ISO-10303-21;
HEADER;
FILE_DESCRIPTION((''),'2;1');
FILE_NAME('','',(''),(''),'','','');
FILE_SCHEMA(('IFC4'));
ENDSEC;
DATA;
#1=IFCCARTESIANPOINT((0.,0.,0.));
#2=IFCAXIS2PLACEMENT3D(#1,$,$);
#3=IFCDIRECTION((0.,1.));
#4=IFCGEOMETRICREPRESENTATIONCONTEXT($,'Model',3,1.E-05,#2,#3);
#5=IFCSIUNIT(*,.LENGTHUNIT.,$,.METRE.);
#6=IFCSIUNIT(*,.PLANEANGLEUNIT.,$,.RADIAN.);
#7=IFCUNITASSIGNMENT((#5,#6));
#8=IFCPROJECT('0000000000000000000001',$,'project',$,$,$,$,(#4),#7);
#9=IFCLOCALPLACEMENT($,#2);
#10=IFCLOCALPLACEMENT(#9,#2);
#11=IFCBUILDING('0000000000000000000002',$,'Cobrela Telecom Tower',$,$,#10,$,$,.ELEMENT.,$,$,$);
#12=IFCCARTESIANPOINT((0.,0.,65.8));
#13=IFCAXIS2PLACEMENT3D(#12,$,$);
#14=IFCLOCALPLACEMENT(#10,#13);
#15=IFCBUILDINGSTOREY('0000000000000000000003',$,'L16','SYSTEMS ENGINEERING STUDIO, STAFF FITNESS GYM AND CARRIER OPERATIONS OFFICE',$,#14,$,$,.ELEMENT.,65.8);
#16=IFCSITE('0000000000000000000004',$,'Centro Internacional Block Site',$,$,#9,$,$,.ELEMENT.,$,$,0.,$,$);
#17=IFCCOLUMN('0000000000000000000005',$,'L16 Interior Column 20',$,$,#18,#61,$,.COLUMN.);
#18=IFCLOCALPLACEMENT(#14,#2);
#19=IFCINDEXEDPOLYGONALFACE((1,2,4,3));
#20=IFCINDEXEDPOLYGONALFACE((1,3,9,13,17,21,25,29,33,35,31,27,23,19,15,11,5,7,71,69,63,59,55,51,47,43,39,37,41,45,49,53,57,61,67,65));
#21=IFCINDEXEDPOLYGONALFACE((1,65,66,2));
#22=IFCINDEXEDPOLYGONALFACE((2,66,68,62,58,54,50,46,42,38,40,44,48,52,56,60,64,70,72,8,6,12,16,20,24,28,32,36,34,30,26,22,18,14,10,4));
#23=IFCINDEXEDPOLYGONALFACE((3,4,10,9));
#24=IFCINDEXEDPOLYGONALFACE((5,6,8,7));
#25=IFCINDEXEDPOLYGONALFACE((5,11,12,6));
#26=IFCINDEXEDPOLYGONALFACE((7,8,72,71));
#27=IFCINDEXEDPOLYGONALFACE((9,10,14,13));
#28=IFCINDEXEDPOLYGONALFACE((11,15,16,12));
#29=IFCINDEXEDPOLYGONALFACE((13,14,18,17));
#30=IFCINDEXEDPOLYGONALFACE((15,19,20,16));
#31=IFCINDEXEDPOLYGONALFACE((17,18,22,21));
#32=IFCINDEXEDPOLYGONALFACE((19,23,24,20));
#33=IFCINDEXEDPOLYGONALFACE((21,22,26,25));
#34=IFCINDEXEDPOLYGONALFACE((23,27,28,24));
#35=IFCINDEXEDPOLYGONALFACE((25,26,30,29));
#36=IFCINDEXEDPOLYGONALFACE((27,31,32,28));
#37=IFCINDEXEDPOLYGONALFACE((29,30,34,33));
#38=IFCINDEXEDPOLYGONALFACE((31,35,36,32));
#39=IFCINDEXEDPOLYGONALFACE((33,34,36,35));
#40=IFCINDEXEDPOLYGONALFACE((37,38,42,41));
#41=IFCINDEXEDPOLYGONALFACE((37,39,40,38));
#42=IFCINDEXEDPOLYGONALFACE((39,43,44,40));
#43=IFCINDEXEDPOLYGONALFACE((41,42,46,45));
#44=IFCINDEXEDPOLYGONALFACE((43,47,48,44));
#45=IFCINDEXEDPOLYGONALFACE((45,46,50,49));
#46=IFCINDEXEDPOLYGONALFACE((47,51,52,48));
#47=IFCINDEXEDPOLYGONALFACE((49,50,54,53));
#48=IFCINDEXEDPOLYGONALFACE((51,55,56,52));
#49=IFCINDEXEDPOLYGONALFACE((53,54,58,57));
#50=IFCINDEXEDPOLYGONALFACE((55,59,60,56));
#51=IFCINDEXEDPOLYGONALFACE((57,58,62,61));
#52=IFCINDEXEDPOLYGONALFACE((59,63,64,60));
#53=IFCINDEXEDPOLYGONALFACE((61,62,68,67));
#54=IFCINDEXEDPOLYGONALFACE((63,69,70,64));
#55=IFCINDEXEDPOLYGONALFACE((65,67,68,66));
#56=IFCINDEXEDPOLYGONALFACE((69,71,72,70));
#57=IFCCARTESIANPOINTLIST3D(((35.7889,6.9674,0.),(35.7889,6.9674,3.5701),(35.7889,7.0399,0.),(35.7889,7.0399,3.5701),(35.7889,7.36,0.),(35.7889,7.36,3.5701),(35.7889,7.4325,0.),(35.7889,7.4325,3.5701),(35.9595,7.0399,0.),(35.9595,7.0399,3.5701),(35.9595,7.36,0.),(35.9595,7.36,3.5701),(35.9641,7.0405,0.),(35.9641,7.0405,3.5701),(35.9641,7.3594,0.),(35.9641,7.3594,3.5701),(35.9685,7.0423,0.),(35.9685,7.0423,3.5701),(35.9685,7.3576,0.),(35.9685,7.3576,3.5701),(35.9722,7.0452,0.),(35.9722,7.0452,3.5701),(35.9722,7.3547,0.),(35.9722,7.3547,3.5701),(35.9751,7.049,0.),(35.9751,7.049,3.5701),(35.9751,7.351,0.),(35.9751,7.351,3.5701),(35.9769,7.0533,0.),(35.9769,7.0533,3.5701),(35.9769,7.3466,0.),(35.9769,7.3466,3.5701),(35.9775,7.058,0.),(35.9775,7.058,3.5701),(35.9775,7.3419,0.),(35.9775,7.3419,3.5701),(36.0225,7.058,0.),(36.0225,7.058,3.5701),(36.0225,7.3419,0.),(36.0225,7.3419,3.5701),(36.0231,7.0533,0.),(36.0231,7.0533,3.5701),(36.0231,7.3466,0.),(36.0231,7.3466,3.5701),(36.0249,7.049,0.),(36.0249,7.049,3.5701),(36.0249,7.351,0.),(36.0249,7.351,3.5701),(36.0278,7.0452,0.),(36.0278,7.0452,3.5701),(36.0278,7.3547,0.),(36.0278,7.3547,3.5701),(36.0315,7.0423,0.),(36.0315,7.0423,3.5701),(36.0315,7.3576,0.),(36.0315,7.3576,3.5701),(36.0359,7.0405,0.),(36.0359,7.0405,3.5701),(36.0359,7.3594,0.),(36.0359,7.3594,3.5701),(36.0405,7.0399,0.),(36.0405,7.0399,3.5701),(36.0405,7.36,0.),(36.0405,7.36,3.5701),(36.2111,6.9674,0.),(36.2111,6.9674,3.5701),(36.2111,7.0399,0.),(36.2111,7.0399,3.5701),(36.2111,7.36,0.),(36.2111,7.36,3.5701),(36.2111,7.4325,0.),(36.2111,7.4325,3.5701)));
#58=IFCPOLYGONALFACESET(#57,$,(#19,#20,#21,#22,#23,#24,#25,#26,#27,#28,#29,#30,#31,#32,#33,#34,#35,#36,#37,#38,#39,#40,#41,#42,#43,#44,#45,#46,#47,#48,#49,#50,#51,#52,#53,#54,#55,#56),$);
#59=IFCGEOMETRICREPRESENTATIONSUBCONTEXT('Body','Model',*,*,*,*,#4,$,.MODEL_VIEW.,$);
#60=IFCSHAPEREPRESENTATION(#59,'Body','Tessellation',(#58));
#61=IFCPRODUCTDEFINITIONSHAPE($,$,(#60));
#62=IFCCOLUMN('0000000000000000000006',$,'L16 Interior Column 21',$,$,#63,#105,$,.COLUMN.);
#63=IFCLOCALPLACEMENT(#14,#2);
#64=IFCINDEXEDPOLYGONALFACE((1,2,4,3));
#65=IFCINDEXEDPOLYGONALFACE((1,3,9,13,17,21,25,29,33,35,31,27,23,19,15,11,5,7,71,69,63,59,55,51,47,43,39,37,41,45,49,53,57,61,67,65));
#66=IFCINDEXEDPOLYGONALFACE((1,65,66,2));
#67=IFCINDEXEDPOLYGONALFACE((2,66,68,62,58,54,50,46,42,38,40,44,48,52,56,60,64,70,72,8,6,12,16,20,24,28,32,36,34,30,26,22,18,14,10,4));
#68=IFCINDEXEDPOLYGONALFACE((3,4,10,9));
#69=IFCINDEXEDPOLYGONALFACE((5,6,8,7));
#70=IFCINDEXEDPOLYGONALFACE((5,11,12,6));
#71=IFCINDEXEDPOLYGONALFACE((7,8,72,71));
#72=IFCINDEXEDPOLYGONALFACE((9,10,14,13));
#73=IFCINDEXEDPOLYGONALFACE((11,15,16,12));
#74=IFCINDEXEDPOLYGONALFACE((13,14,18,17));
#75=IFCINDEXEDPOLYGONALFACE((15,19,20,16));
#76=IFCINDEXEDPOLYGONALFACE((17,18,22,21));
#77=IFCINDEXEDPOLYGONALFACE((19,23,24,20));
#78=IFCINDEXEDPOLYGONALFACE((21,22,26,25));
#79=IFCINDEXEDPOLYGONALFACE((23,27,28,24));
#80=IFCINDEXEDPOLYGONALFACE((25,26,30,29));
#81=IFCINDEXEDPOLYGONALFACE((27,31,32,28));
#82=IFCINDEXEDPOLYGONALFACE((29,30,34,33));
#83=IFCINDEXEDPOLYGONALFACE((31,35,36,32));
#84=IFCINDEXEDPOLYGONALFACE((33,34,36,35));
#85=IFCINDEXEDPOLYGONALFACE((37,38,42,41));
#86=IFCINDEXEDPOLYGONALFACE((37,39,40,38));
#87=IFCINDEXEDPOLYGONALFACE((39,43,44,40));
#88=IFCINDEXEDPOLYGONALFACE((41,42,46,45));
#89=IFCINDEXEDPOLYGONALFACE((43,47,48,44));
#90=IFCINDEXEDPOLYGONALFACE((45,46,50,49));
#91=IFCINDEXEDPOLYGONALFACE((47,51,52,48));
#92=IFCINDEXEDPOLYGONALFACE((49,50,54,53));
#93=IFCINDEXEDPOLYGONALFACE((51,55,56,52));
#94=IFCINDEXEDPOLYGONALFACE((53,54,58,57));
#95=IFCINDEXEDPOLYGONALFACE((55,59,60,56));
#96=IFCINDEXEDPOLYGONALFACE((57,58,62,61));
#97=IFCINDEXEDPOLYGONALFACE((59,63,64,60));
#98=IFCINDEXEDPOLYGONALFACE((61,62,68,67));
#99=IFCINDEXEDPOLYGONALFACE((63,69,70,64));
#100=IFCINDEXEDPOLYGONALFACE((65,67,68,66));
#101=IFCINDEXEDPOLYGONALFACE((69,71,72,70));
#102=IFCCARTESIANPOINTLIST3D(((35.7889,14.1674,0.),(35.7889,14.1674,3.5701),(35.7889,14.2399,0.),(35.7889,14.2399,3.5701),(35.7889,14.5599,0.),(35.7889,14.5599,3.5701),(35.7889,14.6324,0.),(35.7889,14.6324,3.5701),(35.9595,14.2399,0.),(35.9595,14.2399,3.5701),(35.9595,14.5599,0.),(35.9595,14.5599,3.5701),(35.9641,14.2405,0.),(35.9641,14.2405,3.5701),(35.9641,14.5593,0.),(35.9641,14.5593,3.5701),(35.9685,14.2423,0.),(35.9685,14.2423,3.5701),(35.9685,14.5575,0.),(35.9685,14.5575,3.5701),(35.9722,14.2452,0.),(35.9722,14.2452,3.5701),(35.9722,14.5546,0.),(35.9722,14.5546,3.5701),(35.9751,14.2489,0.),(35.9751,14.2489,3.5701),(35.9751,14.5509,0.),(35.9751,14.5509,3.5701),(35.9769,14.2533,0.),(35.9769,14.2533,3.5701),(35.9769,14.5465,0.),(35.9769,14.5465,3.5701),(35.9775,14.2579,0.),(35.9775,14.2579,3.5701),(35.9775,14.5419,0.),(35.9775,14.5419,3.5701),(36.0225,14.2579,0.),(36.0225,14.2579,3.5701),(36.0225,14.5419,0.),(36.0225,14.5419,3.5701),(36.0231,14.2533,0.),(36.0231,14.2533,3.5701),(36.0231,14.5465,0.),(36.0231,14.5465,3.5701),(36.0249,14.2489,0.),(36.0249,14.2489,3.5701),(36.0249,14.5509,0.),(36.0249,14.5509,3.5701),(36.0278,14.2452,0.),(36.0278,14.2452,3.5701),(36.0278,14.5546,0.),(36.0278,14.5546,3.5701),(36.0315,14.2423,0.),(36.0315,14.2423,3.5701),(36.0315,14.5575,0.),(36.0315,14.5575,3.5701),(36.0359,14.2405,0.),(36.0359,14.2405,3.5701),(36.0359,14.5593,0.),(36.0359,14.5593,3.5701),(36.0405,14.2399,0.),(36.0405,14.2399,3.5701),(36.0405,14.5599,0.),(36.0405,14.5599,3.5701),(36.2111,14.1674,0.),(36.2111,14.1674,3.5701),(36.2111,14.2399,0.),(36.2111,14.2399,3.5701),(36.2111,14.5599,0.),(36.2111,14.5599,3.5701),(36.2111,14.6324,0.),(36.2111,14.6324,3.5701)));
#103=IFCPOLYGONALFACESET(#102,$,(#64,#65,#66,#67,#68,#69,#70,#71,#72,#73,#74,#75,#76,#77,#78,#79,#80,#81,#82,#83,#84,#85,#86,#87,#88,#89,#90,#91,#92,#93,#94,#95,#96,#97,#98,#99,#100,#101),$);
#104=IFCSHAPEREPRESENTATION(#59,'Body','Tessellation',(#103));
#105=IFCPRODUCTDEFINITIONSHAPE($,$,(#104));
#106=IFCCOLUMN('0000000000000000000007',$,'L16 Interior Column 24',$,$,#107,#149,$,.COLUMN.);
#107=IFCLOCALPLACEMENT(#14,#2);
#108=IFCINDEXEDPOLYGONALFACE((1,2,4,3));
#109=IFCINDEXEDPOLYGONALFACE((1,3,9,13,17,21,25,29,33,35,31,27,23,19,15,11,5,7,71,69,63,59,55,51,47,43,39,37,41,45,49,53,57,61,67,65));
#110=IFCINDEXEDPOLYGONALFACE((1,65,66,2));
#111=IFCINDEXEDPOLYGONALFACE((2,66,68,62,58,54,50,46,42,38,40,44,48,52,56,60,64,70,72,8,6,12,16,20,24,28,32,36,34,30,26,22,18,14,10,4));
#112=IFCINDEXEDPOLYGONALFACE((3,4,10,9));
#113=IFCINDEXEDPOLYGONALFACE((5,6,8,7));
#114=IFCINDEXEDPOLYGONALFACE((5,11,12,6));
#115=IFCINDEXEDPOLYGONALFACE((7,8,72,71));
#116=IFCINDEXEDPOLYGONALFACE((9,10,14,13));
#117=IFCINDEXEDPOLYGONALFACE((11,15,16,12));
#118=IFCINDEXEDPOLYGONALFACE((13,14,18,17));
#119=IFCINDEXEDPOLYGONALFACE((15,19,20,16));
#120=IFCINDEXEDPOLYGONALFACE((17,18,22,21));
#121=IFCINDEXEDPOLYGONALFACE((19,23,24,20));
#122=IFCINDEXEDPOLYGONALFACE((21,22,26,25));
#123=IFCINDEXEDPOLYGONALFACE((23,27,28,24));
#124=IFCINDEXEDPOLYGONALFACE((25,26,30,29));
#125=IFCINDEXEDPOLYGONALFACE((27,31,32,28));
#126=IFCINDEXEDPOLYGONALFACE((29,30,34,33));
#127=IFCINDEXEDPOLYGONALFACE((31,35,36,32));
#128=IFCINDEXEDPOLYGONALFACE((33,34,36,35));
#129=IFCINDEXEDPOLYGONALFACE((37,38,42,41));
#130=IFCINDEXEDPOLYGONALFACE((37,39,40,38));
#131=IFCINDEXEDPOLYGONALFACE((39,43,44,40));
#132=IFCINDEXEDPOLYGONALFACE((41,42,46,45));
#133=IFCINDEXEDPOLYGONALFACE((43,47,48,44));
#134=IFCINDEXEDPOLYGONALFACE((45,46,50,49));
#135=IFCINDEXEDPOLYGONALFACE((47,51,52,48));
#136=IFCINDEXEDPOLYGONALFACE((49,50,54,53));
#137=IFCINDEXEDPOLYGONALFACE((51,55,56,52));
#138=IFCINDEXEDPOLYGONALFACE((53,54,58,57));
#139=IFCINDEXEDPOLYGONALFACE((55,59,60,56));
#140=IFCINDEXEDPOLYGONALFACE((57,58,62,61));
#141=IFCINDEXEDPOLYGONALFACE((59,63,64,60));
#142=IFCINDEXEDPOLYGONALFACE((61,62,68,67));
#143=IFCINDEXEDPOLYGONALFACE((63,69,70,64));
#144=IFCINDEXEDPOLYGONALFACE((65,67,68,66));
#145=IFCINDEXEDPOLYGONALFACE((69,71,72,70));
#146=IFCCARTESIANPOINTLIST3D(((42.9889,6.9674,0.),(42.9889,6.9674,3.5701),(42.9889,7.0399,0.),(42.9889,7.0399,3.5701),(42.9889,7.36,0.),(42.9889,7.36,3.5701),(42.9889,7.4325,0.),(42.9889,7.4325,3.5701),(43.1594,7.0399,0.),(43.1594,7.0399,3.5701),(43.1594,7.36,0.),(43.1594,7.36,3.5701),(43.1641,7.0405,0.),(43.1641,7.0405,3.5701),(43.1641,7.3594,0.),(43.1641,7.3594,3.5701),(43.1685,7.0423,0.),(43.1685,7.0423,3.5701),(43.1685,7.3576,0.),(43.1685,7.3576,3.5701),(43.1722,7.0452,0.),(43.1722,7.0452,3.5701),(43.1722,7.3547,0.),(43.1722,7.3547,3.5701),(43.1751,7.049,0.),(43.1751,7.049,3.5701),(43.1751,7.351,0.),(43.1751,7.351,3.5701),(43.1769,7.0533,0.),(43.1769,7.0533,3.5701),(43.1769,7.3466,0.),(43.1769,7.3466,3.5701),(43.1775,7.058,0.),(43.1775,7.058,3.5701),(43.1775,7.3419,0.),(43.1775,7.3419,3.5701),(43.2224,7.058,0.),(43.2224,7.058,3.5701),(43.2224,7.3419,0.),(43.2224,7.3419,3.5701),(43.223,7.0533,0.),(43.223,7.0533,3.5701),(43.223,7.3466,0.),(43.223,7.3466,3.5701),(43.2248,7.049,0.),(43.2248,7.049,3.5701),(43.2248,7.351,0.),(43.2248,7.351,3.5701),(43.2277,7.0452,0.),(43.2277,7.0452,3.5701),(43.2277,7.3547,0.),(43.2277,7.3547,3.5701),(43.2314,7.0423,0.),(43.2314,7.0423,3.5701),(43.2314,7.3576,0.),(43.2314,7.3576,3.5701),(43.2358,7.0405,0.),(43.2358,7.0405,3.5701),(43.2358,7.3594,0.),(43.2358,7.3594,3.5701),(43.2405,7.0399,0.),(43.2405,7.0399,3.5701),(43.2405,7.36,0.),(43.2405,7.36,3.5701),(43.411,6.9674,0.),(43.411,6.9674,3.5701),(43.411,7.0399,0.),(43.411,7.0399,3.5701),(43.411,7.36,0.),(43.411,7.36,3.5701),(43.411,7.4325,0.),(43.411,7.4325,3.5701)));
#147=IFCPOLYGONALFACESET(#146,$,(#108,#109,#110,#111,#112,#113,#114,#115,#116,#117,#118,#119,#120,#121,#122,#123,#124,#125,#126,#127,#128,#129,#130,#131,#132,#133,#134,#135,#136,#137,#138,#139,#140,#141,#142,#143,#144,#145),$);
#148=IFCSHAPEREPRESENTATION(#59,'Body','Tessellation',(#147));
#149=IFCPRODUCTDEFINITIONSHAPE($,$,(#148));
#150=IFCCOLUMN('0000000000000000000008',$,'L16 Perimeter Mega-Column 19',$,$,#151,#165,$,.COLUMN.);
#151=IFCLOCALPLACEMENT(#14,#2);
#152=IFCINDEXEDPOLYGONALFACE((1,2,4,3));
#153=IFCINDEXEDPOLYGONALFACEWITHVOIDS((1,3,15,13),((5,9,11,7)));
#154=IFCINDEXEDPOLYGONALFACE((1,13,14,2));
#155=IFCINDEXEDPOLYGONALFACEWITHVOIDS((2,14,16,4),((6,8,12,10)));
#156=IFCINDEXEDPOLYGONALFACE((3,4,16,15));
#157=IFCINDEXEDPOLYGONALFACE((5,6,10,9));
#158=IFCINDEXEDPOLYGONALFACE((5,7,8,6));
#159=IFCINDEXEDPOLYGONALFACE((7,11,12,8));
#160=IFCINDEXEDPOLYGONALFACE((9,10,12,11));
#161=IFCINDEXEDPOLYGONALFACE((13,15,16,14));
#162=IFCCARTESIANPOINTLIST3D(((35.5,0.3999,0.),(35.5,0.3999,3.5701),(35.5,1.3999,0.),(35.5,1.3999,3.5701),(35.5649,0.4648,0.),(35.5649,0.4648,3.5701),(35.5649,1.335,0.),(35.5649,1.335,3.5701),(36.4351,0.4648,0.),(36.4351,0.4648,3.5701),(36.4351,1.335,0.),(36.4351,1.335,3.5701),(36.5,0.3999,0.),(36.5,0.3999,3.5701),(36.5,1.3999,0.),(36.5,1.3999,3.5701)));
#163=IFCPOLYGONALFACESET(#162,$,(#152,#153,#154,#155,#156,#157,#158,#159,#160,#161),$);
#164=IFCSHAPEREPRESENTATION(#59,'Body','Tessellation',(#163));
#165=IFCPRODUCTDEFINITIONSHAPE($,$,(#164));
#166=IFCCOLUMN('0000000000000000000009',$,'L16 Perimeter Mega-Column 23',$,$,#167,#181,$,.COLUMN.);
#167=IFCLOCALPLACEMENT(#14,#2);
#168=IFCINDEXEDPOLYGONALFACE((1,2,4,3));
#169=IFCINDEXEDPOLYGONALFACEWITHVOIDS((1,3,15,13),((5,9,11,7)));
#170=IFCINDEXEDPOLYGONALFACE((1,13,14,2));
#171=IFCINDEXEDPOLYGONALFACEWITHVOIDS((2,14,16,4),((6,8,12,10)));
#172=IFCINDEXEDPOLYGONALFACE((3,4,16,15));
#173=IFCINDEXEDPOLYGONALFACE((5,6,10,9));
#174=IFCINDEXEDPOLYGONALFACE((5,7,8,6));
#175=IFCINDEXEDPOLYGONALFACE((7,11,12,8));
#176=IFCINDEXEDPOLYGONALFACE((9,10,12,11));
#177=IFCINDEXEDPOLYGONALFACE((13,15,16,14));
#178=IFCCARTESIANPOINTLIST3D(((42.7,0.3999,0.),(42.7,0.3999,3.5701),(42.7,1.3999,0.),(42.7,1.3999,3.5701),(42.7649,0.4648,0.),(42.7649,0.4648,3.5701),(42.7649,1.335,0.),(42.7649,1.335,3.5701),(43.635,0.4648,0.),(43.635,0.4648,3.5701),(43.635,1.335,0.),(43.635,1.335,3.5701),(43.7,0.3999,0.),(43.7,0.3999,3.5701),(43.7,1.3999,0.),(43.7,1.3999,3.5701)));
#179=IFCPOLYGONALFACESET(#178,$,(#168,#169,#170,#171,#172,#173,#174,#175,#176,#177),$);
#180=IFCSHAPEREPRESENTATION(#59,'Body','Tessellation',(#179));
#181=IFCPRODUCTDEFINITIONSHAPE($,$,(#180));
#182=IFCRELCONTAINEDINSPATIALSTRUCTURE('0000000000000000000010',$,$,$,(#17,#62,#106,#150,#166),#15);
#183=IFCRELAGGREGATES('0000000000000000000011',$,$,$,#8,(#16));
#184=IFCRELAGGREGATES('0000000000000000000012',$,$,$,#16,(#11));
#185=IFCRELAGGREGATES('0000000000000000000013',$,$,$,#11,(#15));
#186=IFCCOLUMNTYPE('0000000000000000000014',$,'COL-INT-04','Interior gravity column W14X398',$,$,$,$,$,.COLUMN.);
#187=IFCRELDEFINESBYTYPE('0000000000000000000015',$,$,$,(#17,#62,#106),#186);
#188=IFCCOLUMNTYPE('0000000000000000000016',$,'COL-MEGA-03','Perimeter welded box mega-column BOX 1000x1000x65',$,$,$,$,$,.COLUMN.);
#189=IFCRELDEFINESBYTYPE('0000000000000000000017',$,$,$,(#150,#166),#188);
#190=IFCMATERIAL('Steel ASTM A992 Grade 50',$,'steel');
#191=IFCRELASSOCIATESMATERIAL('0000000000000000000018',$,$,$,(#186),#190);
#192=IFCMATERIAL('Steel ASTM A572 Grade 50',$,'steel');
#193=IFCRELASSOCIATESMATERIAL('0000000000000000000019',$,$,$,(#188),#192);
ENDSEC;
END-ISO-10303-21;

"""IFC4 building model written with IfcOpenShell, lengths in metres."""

from ifc_helpers import new_model, si_unit, direction, frame, origin, origin_2d, place, context, subcontext, project, spatial, hollow_rectangle, i_section, extrude, material, material_profile, profile_set, type_object, element, save


model = new_model("IFC4")

# Units and contexts
model_context = context("Model", 3, precision=1e-05, world=origin(), true_north=direction((0.0, 1.0)))
body_context = subcontext(model_context, "Body", "Model", "MODEL_VIEW")
ifc_project = project(units=[si_unit("LENGTHUNIT", "METRE"), si_unit("PLANEANGLEUNIT", "RADIAN")], contexts=[model_context])

# Site, building, storey
site_placement = place(None, origin())
site = spatial("IfcSite", under=ifc_project, at=site_placement, Name="Centro Internacional Block Site", CompositionType="ELEMENT", RefElevation=0.0)
building_placement = place(site_placement, origin())
building = spatial("IfcBuilding", under=site, at=building_placement, Name="Cobrela Telecom Tower", CompositionType="ELEMENT")
storey_placement = place(building_placement, frame((0.0, 0.0, 65.8)))
storey = spatial("IfcBuildingStorey", under=building, at=storey_placement, Name="L16", Description="SYSTEMS ENGINEERING STUDIO, STAFF FITNESS GYM AND CARRIER OPERATIONS OFFICE", CompositionType="ELEMENT", Elevation=65.8)

# Columns
ifc_material_1 = material(Name="Steel ASTM A992 Grade 50", Category="steel")
ifc_material_profile_1 = material_profile(ifc_material_1, i_section(OverallWidth=0.4221, OverallDepth=0.4651, WebThickness=0.0449, FlangeThickness=0.0725, FilletRadius=0.0181, at=origin_2d()), Name="W14X398")
ifc_profile_set_1 = profile_set([ifc_material_profile_1], Name="Steel ASTM A992 Grade 50")
column_type_1 = type_object("IfcColumnType", Name="COL-INT-04", Description="Interior gravity column W14X398", PredefinedType="COLUMN", material=ifc_profile_set_1)
for number, where, z_axis, x_axis, name in (
    (1, (36.0, 7.2, 0.0), (0.0, 0.0, 1.0), (1.0, 0.0, 0.0), "L16 Interior Column 20"),
    (2, (36.0, 14.3999, 0.0), (0.0, 0.0, 1.0), (1.0, 0.0, 0.0), "L16 Interior Column 21"),
    (3, (43.2, 7.2, 0.0), (0.0, 0.0, 1.0), (1.0, 0.0, 0.0), "L16 Interior Column 24"),
):
    element("IfcColumn", number, at=place(storey_placement, frame(where, z_axis=z_axis, x_axis=x_axis)), inside=storey, type_object=column_type_1, Name=name, PredefinedType="COLUMN", context=body_context, shape_type="SweptSolid", body=[
        extrude(i_section(OverallWidth=0.4221, OverallDepth=0.4651, WebThickness=0.0449, FlangeThickness=0.0725, FilletRadius=0.0181, at=origin_2d()), origin(), (0.0, 0.0, 1.0), 3.5701),
    ])
ifc_material_2 = material(Name="Steel ASTM A572 Grade 50", Category="steel")
ifc_material_profile_2 = material_profile(ifc_material_2, hollow_rectangle(XDim=1.0, YDim=1.0, WallThickness=0.0649, at=origin_2d()), Name="BOX 1000x1000x65")
ifc_profile_set_2 = profile_set([ifc_material_profile_2], Name="Steel ASTM A572 Grade 50")
column_type_2 = type_object("IfcColumnType", Name="COL-MEGA-03", Description="Perimeter welded box mega-column BOX 1000x1000x65", PredefinedType="COLUMN", material=ifc_profile_set_2)
for number, where, z_axis, x_axis, name in (
    (4, (36.0, 0.8999, 0.0), (0.0, 0.0, 1.0), (1.0, 0.0, 0.0), "L16 Perimeter Mega-Column 19"),
    (5, (43.2, 0.8999, 0.0), (0.0, 0.0, 1.0), (1.0, 0.0, 0.0), "L16 Perimeter Mega-Column 23"),
):
    element("IfcColumn", number, at=place(storey_placement, frame(where, z_axis=z_axis, x_axis=x_axis)), inside=storey, type_object=column_type_2, Name=name, PredefinedType="COLUMN", context=body_context, shape_type="SweptSolid", body=[
        extrude(hollow_rectangle(XDim=1.0, YDim=1.0, WallThickness=0.0649, at=origin_2d()), origin(), (0.0, 0.0, 1.0), 3.5701),
    ])

save(model, "model.ifc")
